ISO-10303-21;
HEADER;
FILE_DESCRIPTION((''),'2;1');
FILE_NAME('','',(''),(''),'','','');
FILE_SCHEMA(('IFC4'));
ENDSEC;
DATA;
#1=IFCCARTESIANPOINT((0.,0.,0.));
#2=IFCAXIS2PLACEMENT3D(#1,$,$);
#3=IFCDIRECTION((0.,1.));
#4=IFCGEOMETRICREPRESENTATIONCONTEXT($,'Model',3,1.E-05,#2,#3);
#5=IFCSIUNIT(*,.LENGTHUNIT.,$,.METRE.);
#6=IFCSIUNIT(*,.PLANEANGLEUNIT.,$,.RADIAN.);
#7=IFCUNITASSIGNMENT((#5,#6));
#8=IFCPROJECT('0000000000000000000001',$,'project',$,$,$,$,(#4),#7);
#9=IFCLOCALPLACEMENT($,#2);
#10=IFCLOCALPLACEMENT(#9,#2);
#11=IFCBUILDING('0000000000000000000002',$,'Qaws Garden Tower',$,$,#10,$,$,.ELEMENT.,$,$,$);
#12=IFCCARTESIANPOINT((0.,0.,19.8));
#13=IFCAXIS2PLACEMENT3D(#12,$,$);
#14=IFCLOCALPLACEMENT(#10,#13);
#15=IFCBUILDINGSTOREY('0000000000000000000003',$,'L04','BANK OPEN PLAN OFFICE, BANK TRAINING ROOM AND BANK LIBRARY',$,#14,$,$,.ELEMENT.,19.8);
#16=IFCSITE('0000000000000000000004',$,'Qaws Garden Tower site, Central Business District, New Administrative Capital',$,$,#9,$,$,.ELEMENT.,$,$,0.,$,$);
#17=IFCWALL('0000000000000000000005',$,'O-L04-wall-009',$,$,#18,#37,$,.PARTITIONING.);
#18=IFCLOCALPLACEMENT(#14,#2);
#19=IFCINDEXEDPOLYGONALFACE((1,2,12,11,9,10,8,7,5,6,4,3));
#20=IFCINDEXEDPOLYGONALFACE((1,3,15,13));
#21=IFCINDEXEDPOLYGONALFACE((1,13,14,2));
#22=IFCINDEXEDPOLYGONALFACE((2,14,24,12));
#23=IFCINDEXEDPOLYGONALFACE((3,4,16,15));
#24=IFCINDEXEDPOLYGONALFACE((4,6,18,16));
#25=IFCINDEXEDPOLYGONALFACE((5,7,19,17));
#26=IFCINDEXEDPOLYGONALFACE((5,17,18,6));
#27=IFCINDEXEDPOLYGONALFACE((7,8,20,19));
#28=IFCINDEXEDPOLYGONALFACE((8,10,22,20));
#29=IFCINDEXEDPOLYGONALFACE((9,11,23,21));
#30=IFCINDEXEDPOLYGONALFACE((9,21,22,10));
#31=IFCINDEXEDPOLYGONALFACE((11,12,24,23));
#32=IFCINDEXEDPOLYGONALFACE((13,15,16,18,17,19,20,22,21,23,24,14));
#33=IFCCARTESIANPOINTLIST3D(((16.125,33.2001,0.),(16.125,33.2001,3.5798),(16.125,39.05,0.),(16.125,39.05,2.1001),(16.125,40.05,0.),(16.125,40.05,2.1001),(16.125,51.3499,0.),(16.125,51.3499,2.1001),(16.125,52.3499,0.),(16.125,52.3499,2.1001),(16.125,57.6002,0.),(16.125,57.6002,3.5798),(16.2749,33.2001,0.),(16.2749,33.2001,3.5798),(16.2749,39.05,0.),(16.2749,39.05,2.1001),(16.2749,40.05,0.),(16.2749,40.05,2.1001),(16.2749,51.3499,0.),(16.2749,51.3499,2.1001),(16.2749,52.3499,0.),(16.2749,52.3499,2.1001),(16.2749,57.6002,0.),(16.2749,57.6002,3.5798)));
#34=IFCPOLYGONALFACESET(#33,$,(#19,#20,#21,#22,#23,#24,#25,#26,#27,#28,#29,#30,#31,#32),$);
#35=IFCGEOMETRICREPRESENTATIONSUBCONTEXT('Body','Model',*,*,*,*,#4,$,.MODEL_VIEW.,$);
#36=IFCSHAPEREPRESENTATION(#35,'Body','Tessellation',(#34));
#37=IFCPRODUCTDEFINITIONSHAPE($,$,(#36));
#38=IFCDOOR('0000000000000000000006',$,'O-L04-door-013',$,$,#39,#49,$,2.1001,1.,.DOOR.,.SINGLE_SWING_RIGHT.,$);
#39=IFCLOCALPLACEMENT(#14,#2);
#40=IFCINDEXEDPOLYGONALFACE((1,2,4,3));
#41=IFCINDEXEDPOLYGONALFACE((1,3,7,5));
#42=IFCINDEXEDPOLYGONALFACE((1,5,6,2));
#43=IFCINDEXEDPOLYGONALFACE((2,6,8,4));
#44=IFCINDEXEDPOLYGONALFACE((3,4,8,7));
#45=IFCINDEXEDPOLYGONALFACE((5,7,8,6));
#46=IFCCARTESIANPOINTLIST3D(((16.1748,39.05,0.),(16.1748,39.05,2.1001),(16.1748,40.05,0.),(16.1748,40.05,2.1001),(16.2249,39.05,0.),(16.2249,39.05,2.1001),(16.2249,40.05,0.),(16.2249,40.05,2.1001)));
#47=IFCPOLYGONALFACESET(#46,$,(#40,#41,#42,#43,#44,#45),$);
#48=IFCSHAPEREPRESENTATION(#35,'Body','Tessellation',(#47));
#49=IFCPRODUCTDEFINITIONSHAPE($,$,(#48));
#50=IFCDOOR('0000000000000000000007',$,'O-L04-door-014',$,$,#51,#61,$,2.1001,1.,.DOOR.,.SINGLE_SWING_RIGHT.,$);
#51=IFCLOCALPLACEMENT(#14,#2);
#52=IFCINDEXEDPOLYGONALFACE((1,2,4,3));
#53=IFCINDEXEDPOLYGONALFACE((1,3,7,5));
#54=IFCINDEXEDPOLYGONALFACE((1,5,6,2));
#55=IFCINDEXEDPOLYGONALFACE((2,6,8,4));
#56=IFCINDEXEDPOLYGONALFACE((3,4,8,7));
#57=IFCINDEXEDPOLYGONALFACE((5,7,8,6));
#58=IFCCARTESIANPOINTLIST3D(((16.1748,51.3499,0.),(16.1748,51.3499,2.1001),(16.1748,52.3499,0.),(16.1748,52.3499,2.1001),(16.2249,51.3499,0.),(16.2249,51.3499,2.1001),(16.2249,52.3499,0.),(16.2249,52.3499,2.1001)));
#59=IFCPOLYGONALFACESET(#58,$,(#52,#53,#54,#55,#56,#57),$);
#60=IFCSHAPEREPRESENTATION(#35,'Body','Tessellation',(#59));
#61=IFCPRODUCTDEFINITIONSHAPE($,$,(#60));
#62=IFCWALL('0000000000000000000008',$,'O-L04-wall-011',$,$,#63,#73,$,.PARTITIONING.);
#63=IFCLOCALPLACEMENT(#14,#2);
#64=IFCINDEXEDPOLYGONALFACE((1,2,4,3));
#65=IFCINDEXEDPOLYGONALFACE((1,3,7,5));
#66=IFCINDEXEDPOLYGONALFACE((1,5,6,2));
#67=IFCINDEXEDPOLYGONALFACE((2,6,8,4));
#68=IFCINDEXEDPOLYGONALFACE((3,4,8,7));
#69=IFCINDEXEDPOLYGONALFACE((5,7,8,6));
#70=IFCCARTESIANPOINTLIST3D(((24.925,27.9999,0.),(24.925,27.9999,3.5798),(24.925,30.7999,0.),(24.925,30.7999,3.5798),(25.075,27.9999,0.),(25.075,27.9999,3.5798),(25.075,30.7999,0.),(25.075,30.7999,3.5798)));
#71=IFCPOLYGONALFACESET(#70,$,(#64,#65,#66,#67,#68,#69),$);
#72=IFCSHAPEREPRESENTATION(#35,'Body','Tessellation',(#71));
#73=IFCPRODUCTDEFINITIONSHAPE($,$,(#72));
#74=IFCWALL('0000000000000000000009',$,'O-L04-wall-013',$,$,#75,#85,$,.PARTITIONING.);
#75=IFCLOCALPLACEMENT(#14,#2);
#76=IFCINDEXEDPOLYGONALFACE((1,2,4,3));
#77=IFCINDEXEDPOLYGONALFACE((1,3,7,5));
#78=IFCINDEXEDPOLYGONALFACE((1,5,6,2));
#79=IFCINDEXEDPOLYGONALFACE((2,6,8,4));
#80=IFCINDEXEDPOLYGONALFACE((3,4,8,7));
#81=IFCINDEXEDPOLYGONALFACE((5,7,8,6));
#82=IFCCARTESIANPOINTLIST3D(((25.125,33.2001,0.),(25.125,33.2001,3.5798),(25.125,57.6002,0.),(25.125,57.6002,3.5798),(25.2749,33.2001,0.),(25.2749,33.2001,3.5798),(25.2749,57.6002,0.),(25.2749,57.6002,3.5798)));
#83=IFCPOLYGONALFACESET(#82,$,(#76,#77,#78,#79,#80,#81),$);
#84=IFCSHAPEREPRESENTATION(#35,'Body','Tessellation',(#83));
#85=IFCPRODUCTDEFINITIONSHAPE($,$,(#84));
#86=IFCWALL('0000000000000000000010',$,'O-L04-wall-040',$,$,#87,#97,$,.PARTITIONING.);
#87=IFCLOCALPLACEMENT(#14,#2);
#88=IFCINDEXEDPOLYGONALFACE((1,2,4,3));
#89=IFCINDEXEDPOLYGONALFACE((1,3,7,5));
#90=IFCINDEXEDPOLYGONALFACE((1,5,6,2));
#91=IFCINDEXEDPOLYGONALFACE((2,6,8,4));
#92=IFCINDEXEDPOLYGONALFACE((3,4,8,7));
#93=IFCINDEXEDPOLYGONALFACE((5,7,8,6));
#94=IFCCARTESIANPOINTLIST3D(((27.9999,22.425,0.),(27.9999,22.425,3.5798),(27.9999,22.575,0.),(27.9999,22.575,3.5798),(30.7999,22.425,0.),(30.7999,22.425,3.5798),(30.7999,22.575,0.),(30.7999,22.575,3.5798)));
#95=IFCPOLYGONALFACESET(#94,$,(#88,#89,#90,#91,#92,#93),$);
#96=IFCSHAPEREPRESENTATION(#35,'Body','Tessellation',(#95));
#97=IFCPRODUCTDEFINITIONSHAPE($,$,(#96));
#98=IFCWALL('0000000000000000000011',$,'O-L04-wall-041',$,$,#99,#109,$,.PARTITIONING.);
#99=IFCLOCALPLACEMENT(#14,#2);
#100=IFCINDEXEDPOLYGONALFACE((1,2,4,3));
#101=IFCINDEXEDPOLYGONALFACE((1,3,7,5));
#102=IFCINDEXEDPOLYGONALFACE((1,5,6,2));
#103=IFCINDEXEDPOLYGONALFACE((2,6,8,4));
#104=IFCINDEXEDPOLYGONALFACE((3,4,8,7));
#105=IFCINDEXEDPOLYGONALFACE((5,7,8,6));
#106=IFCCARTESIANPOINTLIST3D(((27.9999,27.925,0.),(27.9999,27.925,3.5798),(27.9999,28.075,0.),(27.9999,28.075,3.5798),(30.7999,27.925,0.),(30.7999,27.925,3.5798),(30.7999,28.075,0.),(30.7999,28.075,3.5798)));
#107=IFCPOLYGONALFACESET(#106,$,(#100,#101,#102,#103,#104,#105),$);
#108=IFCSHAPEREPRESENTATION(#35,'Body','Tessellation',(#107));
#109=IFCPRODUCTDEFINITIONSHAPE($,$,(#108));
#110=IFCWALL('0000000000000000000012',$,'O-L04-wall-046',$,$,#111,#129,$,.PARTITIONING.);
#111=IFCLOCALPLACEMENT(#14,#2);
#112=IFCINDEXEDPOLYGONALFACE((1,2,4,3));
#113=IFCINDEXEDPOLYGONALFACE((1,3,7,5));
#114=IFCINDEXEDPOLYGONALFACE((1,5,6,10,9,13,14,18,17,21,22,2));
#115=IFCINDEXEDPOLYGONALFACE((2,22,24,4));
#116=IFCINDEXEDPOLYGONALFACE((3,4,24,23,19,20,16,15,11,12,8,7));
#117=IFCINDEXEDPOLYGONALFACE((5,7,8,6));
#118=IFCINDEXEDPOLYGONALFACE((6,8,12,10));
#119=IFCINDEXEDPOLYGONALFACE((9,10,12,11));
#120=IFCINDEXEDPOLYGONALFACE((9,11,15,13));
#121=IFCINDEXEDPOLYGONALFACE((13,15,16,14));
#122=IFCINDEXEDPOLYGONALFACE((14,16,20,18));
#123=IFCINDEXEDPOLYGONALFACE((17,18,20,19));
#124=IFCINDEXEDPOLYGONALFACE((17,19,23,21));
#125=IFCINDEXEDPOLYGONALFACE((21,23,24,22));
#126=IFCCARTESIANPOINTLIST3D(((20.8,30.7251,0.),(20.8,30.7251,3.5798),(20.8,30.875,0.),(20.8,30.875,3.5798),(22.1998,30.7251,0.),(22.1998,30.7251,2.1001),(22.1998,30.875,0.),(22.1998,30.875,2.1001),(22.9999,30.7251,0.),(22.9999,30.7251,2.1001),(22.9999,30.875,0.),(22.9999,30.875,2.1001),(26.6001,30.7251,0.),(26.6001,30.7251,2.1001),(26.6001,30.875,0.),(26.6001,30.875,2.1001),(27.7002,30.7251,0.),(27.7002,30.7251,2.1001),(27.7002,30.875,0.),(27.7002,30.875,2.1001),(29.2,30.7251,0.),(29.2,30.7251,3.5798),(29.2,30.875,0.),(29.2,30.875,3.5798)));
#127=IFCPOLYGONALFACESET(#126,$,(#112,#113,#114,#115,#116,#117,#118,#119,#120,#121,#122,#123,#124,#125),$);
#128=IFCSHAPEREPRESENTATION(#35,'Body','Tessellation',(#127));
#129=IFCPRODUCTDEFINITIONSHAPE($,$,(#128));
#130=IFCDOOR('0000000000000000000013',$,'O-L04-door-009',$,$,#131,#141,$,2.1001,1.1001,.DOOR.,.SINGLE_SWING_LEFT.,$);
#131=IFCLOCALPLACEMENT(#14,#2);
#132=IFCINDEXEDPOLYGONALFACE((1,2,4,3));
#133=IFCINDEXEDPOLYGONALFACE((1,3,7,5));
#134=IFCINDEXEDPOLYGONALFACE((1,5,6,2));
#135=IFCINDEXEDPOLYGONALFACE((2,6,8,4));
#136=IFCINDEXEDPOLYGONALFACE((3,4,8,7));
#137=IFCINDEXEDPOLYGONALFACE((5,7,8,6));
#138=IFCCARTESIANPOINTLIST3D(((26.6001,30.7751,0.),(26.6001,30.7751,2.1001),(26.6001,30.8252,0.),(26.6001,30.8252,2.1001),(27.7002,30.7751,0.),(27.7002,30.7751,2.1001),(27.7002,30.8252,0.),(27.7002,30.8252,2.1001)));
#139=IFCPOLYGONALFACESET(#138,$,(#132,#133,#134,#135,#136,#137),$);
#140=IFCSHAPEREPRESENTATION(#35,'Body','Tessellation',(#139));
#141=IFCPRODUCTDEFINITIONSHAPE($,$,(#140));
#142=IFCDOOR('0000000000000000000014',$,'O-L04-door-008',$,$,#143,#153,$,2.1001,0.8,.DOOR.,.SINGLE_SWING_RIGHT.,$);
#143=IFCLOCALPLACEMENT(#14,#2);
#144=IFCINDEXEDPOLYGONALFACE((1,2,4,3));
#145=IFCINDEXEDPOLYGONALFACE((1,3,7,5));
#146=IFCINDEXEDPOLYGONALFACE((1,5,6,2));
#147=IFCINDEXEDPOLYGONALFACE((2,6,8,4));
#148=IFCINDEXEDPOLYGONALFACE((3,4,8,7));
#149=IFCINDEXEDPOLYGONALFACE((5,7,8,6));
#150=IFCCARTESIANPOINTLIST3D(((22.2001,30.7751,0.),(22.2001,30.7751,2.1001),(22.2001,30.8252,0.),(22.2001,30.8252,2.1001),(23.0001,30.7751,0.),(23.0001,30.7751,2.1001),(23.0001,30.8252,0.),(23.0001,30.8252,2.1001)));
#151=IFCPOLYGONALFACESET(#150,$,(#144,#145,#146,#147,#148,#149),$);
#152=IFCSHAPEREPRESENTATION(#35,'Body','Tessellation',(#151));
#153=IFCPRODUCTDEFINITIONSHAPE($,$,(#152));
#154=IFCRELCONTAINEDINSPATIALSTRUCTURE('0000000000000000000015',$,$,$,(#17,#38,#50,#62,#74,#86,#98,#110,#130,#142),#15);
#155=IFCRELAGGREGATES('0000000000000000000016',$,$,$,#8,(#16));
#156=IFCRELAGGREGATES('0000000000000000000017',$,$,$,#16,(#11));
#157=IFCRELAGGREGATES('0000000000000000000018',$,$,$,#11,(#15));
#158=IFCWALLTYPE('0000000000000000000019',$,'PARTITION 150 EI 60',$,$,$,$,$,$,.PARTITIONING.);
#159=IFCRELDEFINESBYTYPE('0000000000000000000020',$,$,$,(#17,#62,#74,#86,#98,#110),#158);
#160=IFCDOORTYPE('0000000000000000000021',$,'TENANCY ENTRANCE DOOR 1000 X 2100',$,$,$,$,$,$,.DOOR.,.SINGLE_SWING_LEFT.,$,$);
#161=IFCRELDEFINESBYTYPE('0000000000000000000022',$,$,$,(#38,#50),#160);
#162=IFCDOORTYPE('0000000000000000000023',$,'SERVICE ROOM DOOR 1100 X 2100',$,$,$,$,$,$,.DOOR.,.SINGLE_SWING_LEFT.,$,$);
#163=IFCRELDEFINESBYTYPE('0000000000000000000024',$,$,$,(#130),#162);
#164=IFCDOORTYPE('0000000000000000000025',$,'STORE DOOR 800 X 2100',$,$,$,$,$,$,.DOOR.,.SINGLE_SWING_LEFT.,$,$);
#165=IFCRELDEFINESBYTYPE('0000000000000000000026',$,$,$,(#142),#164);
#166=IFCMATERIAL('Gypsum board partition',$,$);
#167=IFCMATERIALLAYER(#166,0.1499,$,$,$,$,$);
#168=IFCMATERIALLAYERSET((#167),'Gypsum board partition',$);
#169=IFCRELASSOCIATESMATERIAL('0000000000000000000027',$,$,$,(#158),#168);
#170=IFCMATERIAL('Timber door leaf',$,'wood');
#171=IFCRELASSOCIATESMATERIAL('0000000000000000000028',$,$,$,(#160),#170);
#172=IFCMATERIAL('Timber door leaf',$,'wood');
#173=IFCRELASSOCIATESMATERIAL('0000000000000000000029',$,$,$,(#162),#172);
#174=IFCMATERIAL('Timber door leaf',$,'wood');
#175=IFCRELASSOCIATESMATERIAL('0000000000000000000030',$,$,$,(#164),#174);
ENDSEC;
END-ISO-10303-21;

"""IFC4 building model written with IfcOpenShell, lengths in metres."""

from ifc_helpers import new_model, si_unit, direction, frame, frame_2d, origin, place, context, subcontext, project, spatial, rectangle, extrude, material, layer, layer_set, type_object, element, fill, save


model = new_model("IFC4")

# Units and contexts
model_context = context("Model", 3, precision=1e-05, world=origin(), true_north=direction((0.0, 1.0)))
body_context = subcontext(model_context, "Body", "Model", "MODEL_VIEW")
ifc_project = project(units=[si_unit("LENGTHUNIT", "METRE"), si_unit("PLANEANGLEUNIT", "RADIAN")], contexts=[model_context])

# Site, building, storey
site_placement = place(None, origin())
site = spatial("IfcSite", under=ifc_project, at=site_placement, Name="Qaws Garden Tower site, Central Business District, New Administrative Capital", CompositionType="ELEMENT", RefElevation=0.0)
building_placement = place(site_placement, origin())
building = spatial("IfcBuilding", under=site, at=building_placement, Name="Qaws Garden Tower", CompositionType="ELEMENT")
storey_placement = place(building_placement, frame((0.0, 0.0, 19.8)))
storey = spatial("IfcBuildingStorey", under=building, at=storey_placement, Name="L04", Description="BANK OPEN PLAN OFFICE, BANK TRAINING ROOM AND BANK LIBRARY", CompositionType="ELEMENT", Elevation=19.8)

# Shared definitions
ifc_material_1 = material(Name="Gypsum board partition")
ifc_layer_1 = layer(ifc_material_1, 0.1499)
ifc_layer_set_1 = layer_set([ifc_layer_1], Name="Gypsum board partition")
wall_type_1 = type_object("IfcWallType", Name="PARTITION 150 EI 60", PredefinedType="PARTITIONING", material=ifc_layer_set_1)

# Wall, openings, doors
wall_1_placement = place(storey_placement, frame((16.2, 33.2, 0.0), z_axis=(0.0, 0.0, 1.0), x_axis=(0.0, 1.0, 0.0)))
wall_1 = element("IfcWall", 1, at=wall_1_placement, inside=storey, type_object=wall_type_1, Name="O-L04-wall-009", PredefinedType="PARTITIONING", context=body_context, shape_type="SweptSolid", body=[
    extrude(rectangle(XDim=24.4001, YDim=0.1499, at=frame_2d((12.2002, 0.0))), origin(), (0.0, 0.0, 1.0), 3.5798),
])
opening_1_placement = place(wall_1_placement, frame((5.8501, 0.0, 0.0)))
opening_1 = element("IfcOpeningElement", 2, at=opening_1_placement, cuts=wall_1, PredefinedType="OPENING", context=body_context, shape_type="SweptSolid", body=[
    extrude(rectangle(XDim=1.0, YDim=2.1001, at=frame_2d((0.5, 1.05))), frame((0.0, 0.085, 0.0), z_axis=(0.0, -1.0, 0.0), x_axis=(1.0, 0.0, 0.0)), (0.0, 0.0, 1.0), 0.1699),
])
opening_2_placement = place(wall_1_placement, frame((18.1499, 0.0, 0.0)))
opening_2 = element("IfcOpeningElement", 3, at=opening_2_placement, cuts=wall_1, PredefinedType="OPENING", context=body_context, shape_type="SweptSolid", body=[
    extrude(rectangle(XDim=1.0, YDim=2.1001, at=frame_2d((0.5, 1.05))), frame((0.0, 0.085, 0.0), z_axis=(0.0, -1.0, 0.0), x_axis=(1.0, 0.0, 0.0)), (0.0, 0.0, 1.0), 0.1699),
])
ifc_material_2 = material(Name="Timber door leaf", Category="wood")
door_type_1 = type_object("IfcDoorType", Name="TENANCY ENTRANCE DOOR 1000 X 2100", OperationType="SINGLE_SWING_LEFT", PredefinedType="DOOR", material=ifc_material_2)
door_1_placement = place(opening_1_placement, frame((1.0, 0.0, 0.0), z_axis=(0.0, 0.0, 1.0), x_axis=(-1.0, 0.0, 0.0)))
door_1 = element("IfcDoor", 4, at=door_1_placement, inside=storey, type_object=door_type_1, Name="O-L04-door-013", OperationType="SINGLE_SWING_RIGHT", OverallHeight=2.1001, OverallWidth=1.0, PredefinedType="DOOR", context=body_context, shape_type="SweptSolid", body=[
    extrude(rectangle(XDim=1.0, YDim=2.1001, at=frame_2d((0.5, 1.05))), frame((0.0, 0.0249, 0.0), z_axis=(0.0, -1.0, 0.0), x_axis=(1.0, 0.0, 0.0)), (0.0, 0.0, 1.0), 0.05),
])
fill(opening_1, door_1)
door_2_placement = place(opening_2_placement, frame((1.0, 0.0, 0.0), z_axis=(0.0, 0.0, 1.0), x_axis=(-1.0, 0.0, 0.0)))
door_2 = element("IfcDoor", 5, at=door_2_placement, inside=storey, type_object=door_type_1, Name="O-L04-door-014", OperationType="SINGLE_SWING_RIGHT", OverallHeight=2.1001, OverallWidth=1.0, PredefinedType="DOOR", context=body_context, shape_type="SweptSolid", body=[
    extrude(rectangle(XDim=1.0, YDim=2.1001, at=frame_2d((0.5, 1.05))), frame((0.0, 0.0249, 0.0), z_axis=(0.0, -1.0, 0.0), x_axis=(1.0, 0.0, 0.0)), (0.0, 0.0, 1.0), 0.05),
])
fill(opening_2, door_2)

# Walls
wall_2_placement = place(storey_placement, frame((25.0, 28.0, 0.0), z_axis=(0.0, 0.0, 1.0), x_axis=(0.0, 1.0, 0.0)))
element("IfcWall", 6, at=wall_2_placement, inside=storey, type_object=wall_type_1, Name="O-L04-wall-011", PredefinedType="PARTITIONING", context=body_context, shape_type="SweptSolid", body=[
    extrude(rectangle(XDim=2.8, YDim=0.1499, at=frame_2d((1.3999, 0.0))), origin(), (0.0, 0.0, 1.0), 3.5798),
])
wall_3_placement = place(storey_placement, frame((25.2, 33.2, 0.0), z_axis=(0.0, 0.0, 1.0), x_axis=(0.0, 1.0, 0.0)))
element("IfcWall", 7, at=wall_3_placement, inside=storey, type_object=wall_type_1, Name="O-L04-wall-013", PredefinedType="PARTITIONING", context=body_context, shape_type="SweptSolid", body=[
    extrude(rectangle(XDim=24.4001, YDim=0.1499, at=frame_2d((12.2002, 0.0))), origin(), (0.0, 0.0, 1.0), 3.5798),
])
for number, where, z_axis, x_axis, name in (
    (8, (28.0, 22.5, 0.0), (0.0, 0.0, 1.0), (1.0, 0.0, 0.0), "O-L04-wall-040"),
    (9, (28.0, 28.0, 0.0), (0.0, 0.0, 1.0), (1.0, 0.0, 0.0), "O-L04-wall-041"),
):
    element("IfcWall", number, at=place(storey_placement, frame(where, z_axis=z_axis, x_axis=x_axis)), inside=storey, type_object=wall_type_1, Name=name, PredefinedType="PARTITIONING", context=body_context, shape_type="SweptSolid", body=[
        extrude(rectangle(XDim=2.8, YDim=0.1499, at=frame_2d((1.3999, 0.0))), origin(), (0.0, 0.0, 1.0), 3.5798),
    ])

# Wall, openings, doors
wall_4_placement = place(storey_placement, frame((20.8, 30.8, 0.0), z_axis=(0.0, 0.0, 1.0), x_axis=(1.0, 0.0, 0.0)))
wall_4 = element("IfcWall", 10, at=wall_4_placement, inside=storey, type_object=wall_type_1, Name="O-L04-wall-046", PredefinedType="PARTITIONING", context=body_context, shape_type="SweptSolid", body=[
    extrude(rectangle(XDim=8.3999, YDim=0.1499, at=frame_2d((4.2, 0.0))), origin(), (0.0, 0.0, 1.0), 3.5798),
])
opening_3_placement = place(wall_4_placement, frame((1.3999, 0.0, 0.0)))
opening_3 = element("IfcOpeningElement", 11, at=opening_3_placement, cuts=wall_4, PredefinedType="OPENING", context=body_context, shape_type="SweptSolid", body=[
    extrude(rectangle(XDim=0.8, YDim=2.1001, at=frame_2d((0.3999, 1.05))), frame((0.0, 0.085, 0.0), z_axis=(0.0, -1.0, 0.0), x_axis=(1.0, 0.0, 0.0)), (0.0, 0.0, 1.0), 0.1699),
])
opening_4_placement = place(wall_4_placement, frame((5.8, 0.0, 0.0)))
opening_4 = element("IfcOpeningElement", 12, at=opening_4_placement, cuts=wall_4, PredefinedType="OPENING", context=body_context, shape_type="SweptSolid", body=[
    extrude(rectangle(XDim=1.1001, YDim=2.1001, at=frame_2d((0.55, 1.05))), frame((0.0, 0.085, 0.0), z_axis=(0.0, -1.0, 0.0), x_axis=(1.0, 0.0, 0.0)), (0.0, 0.0, 1.0), 0.1699),
])
ifc_material_3 = material(Name="Timber door leaf", Category="wood")
door_type_2 = type_object("IfcDoorType", Name="SERVICE ROOM DOOR 1100 X 2100", OperationType="SINGLE_SWING_LEFT", PredefinedType="DOOR", material=ifc_material_3)
door_3_placement = place(opening_4_placement, frame((1.1001, 0.0, 0.0), z_axis=(0.0, 0.0, 1.0), x_axis=(-1.0, 0.0, 0.0)))
door_3 = element("IfcDoor", 13, at=door_3_placement, inside=storey, type_object=door_type_2, Name="O-L04-door-009", OperationType="SINGLE_SWING_LEFT", OverallHeight=2.1001, OverallWidth=1.1001, PredefinedType="DOOR", context=body_context, shape_type="SweptSolid", body=[
    extrude(rectangle(XDim=1.1001, YDim=2.1001, at=frame_2d((0.55, 1.05))), frame((0.0, 0.0249, 0.0), z_axis=(0.0, -1.0, 0.0), x_axis=(1.0, 0.0, 0.0)), (0.0, 0.0, 1.0), 0.05),
])
fill(opening_4, door_3)
ifc_material_4 = material(Name="Timber door leaf", Category="wood")
door_type_3 = type_object("IfcDoorType", Name="STORE DOOR 800 X 2100", OperationType="SINGLE_SWING_LEFT", PredefinedType="DOOR", material=ifc_material_4)
door_4_placement = place(opening_3_placement, frame((0.8, 0.0, 0.0), z_axis=(0.0, 0.0, 1.0), x_axis=(-1.0, 0.0, 0.0)))
door_4 = element("IfcDoor", 14, at=door_4_placement, inside=storey, type_object=door_type_3, Name="O-L04-door-008", OperationType="SINGLE_SWING_RIGHT", OverallHeight=2.1001, OverallWidth=0.8, PredefinedType="DOOR", context=body_context, shape_type="SweptSolid", body=[
    extrude(rectangle(XDim=0.8, YDim=2.1001, at=frame_2d((0.3999, 1.05))), frame((0.0, 0.0249, 0.0), z_axis=(0.0, -1.0, 0.0), x_axis=(1.0, 0.0, 0.0)), (0.0, 0.0, 1.0), 0.05),
])
fill(opening_3, door_4)

save(model, "model.ifc")
